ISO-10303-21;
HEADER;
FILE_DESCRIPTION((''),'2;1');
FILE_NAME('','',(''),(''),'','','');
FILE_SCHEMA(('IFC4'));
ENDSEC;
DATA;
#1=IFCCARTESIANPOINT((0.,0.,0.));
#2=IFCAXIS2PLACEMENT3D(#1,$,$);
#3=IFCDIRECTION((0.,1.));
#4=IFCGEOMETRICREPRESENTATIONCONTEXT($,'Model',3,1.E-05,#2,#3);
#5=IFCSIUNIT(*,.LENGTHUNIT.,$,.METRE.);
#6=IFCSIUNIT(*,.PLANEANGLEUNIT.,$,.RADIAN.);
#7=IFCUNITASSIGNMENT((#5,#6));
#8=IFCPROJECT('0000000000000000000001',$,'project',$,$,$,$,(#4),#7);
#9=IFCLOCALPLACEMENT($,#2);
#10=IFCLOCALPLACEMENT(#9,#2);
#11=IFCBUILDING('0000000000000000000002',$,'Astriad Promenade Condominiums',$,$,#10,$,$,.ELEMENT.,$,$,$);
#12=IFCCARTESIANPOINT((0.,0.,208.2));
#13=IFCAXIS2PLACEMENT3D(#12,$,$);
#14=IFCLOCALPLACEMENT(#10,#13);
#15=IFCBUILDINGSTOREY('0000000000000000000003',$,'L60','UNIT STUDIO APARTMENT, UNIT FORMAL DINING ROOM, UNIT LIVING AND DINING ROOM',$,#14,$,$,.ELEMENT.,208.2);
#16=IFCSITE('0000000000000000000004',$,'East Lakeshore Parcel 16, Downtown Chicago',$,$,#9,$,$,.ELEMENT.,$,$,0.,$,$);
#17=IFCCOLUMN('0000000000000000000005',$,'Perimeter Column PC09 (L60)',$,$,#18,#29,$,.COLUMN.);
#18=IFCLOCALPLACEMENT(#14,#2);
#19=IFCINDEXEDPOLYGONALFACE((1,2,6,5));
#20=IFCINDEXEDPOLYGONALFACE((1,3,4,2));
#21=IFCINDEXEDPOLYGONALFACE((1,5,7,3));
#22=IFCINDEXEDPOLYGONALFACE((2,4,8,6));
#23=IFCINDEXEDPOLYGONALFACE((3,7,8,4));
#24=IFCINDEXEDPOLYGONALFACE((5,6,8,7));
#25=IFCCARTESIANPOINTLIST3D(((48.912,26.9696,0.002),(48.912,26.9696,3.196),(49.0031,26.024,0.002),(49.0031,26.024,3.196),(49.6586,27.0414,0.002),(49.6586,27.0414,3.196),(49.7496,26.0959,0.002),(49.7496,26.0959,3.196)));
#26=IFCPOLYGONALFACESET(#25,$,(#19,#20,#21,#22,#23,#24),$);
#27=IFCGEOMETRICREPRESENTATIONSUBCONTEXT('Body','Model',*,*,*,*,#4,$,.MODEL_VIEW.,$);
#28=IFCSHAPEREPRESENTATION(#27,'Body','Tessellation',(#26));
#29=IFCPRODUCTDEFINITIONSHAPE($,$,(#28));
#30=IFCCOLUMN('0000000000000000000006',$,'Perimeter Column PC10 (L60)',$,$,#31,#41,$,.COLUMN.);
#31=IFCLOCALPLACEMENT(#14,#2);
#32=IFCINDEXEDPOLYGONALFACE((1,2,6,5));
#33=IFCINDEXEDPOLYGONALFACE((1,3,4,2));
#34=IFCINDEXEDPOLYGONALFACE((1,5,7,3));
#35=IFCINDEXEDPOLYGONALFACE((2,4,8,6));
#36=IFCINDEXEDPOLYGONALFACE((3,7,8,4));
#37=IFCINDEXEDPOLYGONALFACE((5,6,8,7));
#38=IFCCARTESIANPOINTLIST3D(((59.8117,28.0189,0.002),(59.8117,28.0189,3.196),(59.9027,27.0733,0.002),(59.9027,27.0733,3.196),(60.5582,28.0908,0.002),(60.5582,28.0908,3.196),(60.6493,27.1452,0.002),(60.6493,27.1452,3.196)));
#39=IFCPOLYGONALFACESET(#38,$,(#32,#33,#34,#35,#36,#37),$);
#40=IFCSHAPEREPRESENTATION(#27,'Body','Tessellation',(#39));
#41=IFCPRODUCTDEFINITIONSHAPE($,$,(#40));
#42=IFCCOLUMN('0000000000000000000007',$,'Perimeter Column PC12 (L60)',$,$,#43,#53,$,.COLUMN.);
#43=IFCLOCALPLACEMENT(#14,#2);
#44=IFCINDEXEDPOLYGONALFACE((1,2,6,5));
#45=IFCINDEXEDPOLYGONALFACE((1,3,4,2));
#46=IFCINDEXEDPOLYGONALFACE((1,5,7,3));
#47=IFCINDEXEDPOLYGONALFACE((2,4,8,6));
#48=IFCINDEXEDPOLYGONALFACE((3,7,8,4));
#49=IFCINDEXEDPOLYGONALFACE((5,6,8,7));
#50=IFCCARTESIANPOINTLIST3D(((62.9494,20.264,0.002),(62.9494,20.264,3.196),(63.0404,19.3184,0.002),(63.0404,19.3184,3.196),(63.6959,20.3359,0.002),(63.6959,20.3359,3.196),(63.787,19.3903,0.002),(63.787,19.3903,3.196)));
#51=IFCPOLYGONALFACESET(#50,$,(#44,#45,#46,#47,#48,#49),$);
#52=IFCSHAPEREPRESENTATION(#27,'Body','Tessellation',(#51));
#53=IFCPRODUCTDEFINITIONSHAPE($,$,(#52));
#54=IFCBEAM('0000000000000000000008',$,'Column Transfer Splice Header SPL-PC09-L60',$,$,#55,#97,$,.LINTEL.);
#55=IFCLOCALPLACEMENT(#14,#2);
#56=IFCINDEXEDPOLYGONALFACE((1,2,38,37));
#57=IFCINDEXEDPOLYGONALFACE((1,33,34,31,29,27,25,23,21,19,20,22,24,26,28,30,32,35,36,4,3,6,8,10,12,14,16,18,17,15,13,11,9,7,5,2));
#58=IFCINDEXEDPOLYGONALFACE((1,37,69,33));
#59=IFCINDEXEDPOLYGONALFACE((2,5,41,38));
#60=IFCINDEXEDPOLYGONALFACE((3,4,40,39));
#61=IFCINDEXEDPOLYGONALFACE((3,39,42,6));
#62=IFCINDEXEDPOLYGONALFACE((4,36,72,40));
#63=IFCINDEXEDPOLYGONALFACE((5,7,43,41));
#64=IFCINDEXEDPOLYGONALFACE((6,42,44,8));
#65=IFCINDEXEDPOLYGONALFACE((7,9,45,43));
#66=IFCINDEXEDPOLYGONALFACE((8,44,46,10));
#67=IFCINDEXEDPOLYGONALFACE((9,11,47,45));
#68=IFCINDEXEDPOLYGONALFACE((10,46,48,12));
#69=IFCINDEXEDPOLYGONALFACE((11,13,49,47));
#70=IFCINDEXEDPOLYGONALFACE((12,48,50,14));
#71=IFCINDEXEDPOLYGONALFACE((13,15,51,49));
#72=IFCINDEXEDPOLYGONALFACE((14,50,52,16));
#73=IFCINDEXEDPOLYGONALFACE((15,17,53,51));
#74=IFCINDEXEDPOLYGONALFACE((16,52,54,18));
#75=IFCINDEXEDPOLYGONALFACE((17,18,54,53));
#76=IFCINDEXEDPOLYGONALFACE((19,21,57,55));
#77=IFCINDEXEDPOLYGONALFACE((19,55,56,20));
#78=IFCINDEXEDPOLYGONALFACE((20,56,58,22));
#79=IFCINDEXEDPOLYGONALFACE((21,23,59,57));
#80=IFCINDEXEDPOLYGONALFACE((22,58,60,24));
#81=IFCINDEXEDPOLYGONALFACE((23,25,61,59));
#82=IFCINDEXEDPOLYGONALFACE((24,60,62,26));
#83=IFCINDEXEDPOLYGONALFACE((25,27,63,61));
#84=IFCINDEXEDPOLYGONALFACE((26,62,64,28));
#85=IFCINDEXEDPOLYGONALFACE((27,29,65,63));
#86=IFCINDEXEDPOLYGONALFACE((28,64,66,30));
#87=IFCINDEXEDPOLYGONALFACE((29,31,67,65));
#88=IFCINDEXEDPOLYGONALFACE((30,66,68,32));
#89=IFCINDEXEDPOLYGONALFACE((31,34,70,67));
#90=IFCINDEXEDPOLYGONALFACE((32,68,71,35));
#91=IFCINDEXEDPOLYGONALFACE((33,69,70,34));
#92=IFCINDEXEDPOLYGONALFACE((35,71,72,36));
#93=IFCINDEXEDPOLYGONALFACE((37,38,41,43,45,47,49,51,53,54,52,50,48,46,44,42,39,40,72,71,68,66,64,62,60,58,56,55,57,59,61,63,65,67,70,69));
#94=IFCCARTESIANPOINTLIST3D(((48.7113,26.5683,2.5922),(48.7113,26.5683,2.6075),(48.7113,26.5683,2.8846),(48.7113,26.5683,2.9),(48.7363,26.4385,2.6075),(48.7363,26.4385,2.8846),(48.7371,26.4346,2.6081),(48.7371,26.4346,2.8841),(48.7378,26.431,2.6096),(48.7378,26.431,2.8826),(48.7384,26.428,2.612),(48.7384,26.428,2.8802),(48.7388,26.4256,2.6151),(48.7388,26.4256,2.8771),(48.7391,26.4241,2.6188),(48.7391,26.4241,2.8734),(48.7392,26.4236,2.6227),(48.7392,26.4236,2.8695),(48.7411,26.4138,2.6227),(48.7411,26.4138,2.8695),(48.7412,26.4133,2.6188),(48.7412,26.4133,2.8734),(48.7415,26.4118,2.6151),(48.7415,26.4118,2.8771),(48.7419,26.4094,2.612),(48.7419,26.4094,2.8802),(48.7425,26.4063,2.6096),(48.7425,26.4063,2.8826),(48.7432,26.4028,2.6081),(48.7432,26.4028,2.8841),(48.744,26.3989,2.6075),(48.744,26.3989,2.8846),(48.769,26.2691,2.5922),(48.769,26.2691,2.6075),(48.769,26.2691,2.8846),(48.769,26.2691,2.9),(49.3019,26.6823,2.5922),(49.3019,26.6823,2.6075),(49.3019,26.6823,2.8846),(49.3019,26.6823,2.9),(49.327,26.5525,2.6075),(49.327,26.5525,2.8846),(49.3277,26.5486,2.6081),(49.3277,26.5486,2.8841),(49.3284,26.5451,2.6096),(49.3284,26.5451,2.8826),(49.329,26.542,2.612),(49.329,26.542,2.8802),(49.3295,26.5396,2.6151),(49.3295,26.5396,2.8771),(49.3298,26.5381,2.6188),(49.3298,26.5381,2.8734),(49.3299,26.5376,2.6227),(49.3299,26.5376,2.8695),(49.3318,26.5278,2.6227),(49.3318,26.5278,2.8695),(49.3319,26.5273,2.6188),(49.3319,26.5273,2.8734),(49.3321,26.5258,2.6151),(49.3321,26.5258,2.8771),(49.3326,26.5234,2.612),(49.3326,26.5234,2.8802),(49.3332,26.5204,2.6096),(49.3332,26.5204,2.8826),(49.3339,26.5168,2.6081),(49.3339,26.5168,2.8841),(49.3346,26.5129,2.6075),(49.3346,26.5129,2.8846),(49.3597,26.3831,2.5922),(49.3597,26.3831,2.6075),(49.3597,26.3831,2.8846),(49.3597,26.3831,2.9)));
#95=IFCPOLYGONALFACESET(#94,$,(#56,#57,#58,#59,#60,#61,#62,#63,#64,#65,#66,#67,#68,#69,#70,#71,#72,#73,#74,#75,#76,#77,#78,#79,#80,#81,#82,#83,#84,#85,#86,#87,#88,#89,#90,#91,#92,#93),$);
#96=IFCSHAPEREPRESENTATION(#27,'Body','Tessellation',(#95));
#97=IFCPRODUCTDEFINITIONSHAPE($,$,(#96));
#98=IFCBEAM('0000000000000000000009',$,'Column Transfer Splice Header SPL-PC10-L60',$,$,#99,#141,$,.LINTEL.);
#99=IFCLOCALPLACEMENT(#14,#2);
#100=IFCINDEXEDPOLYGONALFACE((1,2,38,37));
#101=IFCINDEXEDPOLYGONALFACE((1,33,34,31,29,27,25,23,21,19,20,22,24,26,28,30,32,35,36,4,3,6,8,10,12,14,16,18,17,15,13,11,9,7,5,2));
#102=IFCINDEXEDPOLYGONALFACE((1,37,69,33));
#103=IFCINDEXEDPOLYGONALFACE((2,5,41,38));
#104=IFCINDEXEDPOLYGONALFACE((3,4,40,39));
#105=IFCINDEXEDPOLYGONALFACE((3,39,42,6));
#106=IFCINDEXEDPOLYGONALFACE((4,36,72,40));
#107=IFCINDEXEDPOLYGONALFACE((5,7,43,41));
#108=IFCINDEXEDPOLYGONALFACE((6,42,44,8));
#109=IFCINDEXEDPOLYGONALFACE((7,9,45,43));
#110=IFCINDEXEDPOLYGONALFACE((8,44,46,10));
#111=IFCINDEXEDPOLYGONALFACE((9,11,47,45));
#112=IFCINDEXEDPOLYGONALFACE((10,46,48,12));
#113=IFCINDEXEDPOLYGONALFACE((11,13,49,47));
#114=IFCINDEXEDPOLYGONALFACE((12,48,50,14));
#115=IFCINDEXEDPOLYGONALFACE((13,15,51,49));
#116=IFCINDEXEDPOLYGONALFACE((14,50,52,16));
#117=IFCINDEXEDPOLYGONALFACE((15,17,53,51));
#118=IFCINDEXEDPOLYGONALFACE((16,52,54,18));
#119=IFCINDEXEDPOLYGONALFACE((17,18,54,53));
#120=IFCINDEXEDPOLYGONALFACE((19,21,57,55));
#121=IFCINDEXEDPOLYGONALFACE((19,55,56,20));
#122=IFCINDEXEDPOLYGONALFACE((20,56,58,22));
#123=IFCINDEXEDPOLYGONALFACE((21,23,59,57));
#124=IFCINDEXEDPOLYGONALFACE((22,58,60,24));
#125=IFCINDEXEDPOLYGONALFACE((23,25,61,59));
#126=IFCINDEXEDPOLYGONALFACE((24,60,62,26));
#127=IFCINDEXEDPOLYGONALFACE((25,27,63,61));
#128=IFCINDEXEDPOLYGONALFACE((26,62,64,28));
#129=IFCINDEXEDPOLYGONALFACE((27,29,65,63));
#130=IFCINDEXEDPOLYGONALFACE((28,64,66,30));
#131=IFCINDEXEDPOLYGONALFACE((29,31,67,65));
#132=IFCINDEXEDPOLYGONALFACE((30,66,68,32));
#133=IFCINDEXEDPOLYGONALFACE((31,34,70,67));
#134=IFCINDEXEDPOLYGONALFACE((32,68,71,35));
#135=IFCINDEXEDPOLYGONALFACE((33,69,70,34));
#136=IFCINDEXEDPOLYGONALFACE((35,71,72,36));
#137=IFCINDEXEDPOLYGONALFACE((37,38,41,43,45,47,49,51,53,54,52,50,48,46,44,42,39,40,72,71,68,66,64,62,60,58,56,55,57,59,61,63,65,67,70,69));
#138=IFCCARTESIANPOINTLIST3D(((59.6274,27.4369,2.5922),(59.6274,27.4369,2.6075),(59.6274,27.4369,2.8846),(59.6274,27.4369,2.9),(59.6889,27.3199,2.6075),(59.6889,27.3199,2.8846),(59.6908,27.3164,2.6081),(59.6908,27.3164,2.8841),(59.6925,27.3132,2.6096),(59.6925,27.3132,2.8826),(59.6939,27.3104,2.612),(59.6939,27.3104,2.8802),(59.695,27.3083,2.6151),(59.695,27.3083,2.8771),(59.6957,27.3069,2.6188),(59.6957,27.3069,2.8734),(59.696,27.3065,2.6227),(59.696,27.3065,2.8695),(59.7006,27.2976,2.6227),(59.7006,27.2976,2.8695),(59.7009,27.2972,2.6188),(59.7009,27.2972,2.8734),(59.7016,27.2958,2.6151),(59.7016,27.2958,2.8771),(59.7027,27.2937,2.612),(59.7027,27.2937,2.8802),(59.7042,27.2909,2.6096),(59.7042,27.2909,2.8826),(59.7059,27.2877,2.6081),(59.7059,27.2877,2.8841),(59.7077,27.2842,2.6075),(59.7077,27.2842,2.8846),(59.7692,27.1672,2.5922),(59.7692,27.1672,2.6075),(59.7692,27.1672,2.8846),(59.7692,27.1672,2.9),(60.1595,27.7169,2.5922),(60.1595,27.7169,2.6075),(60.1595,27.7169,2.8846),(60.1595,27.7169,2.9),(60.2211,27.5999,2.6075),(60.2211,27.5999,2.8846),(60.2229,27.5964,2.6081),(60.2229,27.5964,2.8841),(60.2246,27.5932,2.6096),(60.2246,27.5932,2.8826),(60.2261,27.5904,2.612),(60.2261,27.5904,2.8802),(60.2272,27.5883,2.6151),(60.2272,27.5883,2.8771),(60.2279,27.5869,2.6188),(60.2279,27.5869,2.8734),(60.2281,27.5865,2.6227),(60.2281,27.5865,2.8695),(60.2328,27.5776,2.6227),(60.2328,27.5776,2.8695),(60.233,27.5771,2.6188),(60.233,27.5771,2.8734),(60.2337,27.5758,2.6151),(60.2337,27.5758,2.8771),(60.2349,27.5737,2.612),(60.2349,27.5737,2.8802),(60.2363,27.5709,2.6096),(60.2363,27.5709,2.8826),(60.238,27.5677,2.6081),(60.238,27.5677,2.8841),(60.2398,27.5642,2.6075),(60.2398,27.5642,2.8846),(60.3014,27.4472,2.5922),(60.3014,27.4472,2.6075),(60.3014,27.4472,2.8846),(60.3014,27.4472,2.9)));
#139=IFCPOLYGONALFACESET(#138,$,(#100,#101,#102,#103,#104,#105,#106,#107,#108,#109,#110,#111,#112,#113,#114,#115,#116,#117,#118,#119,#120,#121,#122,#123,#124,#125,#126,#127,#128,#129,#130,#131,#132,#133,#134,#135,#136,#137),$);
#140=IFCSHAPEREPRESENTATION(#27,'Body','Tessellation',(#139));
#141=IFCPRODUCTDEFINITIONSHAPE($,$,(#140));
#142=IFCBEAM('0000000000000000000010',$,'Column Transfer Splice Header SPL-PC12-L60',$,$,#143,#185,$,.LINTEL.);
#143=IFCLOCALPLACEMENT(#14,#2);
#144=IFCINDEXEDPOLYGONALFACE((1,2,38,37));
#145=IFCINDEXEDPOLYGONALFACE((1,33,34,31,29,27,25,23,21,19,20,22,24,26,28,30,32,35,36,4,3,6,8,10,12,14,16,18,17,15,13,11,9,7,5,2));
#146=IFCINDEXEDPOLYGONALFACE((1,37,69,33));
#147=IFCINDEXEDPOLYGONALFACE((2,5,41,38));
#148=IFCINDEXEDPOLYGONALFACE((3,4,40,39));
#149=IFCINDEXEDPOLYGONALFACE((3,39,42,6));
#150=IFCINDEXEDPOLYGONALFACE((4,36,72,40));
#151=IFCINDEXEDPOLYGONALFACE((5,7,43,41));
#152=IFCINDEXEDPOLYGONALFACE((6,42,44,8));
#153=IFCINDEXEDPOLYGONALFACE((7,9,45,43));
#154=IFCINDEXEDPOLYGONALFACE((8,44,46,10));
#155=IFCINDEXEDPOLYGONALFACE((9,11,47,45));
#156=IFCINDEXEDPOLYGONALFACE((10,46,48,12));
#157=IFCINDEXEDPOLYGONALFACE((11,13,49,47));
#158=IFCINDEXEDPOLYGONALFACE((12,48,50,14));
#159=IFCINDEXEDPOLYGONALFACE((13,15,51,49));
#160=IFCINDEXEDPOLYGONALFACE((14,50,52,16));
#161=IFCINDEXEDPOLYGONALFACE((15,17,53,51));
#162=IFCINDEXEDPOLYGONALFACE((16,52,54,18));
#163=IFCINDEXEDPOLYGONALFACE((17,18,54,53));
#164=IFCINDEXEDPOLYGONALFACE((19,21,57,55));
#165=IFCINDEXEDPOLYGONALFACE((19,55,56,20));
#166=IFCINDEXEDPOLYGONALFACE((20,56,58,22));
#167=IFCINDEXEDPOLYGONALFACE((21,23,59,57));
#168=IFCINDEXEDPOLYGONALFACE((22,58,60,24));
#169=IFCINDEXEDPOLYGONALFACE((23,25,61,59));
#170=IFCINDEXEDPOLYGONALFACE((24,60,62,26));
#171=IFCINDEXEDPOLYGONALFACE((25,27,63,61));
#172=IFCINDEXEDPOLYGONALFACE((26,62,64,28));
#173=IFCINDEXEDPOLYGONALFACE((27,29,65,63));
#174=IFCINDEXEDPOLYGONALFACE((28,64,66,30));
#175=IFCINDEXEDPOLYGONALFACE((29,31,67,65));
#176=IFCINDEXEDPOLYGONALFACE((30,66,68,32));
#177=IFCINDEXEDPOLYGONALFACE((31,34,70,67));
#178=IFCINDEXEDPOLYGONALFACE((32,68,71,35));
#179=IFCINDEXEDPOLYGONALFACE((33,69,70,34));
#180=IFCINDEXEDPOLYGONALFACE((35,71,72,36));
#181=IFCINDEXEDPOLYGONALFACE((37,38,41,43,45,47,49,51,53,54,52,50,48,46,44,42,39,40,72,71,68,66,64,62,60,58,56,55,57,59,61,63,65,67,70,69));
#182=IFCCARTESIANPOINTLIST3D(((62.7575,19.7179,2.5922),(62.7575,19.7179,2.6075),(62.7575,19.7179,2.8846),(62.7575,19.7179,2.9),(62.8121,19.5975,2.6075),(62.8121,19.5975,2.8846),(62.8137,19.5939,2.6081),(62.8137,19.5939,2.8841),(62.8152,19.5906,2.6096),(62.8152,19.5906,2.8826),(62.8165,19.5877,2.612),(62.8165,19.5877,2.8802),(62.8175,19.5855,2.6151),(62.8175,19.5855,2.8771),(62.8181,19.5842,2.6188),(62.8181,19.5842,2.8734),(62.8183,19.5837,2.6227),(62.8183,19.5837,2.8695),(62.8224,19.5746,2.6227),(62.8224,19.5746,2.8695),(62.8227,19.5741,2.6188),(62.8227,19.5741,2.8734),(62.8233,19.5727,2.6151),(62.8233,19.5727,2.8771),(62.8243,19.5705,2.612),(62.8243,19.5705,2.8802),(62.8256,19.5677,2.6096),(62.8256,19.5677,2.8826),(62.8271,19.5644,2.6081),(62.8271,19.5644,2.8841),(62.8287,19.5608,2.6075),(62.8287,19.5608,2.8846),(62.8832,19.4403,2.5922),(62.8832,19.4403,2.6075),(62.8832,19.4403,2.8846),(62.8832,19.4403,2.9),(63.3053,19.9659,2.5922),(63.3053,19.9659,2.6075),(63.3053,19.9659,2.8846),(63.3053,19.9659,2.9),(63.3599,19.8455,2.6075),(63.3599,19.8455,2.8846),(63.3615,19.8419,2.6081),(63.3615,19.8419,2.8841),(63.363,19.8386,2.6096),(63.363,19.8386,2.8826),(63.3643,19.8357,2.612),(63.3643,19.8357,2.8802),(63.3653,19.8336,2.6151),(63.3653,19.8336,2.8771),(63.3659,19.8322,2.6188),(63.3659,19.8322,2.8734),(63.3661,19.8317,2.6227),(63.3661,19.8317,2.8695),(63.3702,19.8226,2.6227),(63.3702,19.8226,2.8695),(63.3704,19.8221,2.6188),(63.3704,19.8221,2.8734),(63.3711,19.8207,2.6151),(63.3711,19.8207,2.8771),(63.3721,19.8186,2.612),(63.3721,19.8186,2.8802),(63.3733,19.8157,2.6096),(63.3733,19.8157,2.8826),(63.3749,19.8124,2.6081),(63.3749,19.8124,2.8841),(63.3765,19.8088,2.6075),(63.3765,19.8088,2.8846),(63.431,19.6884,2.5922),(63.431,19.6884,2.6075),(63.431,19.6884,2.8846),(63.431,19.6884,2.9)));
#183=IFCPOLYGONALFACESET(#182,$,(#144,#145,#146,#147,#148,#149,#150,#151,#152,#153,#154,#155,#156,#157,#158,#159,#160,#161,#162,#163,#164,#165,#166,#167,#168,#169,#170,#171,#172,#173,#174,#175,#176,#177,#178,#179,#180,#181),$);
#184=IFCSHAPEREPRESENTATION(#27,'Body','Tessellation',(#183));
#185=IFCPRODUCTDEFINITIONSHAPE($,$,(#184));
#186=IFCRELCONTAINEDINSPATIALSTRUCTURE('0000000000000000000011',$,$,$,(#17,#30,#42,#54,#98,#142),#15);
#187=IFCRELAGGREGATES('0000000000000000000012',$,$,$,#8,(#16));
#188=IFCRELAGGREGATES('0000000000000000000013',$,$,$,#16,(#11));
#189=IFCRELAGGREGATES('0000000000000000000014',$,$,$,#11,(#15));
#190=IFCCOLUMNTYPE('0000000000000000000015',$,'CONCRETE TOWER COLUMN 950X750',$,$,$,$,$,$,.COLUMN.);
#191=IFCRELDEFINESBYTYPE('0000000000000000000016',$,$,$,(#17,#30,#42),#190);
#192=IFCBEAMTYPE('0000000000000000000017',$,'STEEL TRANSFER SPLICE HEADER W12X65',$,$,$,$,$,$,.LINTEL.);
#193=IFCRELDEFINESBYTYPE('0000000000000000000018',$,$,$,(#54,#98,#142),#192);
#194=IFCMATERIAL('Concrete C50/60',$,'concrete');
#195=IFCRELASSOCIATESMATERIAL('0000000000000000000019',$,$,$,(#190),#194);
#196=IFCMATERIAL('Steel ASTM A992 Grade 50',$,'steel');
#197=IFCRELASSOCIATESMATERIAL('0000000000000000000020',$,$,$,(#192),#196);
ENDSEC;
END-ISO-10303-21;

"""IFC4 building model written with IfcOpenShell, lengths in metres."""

from ifc_helpers import new_model, si_unit, direction, frame, origin, origin_2d, place, context, subcontext, project, spatial, rectangle, i_section, extrude, source, transform, mapped, material, material_profile, profile_set, type_object, type_shapes, element, save


model = new_model("IFC4")

# Units and contexts
model_context = context("Model", 3, precision=1e-05, world=origin(), true_north=direction((0.0, 1.0)))
body_context = subcontext(model_context, "Body", "Model", "MODEL_VIEW")
ifc_project = project(units=[si_unit("LENGTHUNIT", "METRE"), si_unit("PLANEANGLEUNIT", "RADIAN")], contexts=[model_context])

# Site, building, storey
site_placement = place(None, origin())
site = spatial("IfcSite", under=ifc_project, at=site_placement, Name="East Lakeshore Parcel 16, Downtown Chicago", CompositionType="ELEMENT", RefElevation=0.0)
building_placement = place(site_placement, origin())
building = spatial("IfcBuilding", under=site, at=building_placement, Name="Astriad Promenade Condominiums", CompositionType="ELEMENT")
storey_placement = place(building_placement, frame((0.0, 0.0, 208.2)))
storey = spatial("IfcBuildingStorey", under=building, at=storey_placement, Name="L60", Description="UNIT STUDIO APARTMENT, UNIT FORMAL DINING ROOM, UNIT LIVING AND DINING ROOM", CompositionType="ELEMENT", Elevation=208.2)

# Columns
ifc_material_1 = material(Name="Concrete C50/60", Category="concrete")
ifc_material_profile_1 = material_profile(ifc_material_1, rectangle(XDim=0.75, YDim=0.95, at=origin_2d()), Name="RC-COL-950X750")
ifc_profile_set_1 = profile_set([ifc_material_profile_1], Name="Concrete C50/60")
column_type = type_object("IfcColumnType", Name="CONCRETE TOWER COLUMN 950X750", PredefinedType="COLUMN", material=ifc_profile_set_1)
shared_shape_1 = source(origin(), body_context, "Body", "SweptSolid", [
    extrude(rectangle(XDim=0.75, YDim=0.95, at=origin_2d()), origin(), (0.0, 0.0, 1.0), 3.1941),
])
type_shapes(column_type, [shared_shape_1])
for number, where, z_axis, x_axis, name in (
    (1, (49.3308, 26.5327, 0.002), (0.0, 0.0, 1.0), (0.995396, 0.095846, 0.0), "Perimeter Column PC09 (L60)"),
    (2, (60.2305, 27.582, 0.002), (0.0, 0.0, 1.0), (0.995396, 0.095846, 0.0), "Perimeter Column PC10 (L60)"),
    (3, (63.3682, 19.8271, 0.002), (0.0, 0.0, 1.0), (0.995396, 0.095846, 0.0), "Perimeter Column PC12 (L60)"),
):
    element("IfcColumn", number, at=place(storey_placement, frame(where, z_axis=z_axis, x_axis=x_axis)), inside=storey, type_object=column_type, Name=name, PredefinedType="COLUMN", context=body_context, shape_type="MappedRepresentation", body=[
        mapped(shared_shape_1, transform((0.0, 0.0, 0.0), scale=1.0)),
    ])

# Beams
ifc_material_2 = material(Name="Steel ASTM A992 Grade 50", Category="steel")
ifc_material_profile_2 = material_profile(ifc_material_2, i_section(OverallWidth=0.3047, OverallDepth=0.3079, WebThickness=0.01, FlangeThickness=0.0154, FilletRadius=0.0151, at=origin_2d()), Name="W12X65")
ifc_profile_set_2 = profile_set([ifc_material_profile_2], Name="Steel ASTM A992 Grade 50")
beam_type_1 = type_object("IfcBeamType", Name="STEEL TRANSFER SPLICE HEADER W12X65", PredefinedType="LINTEL", material=ifc_profile_set_2)
shared_shape_2 = source(origin(), body_context, "Body", "SweptSolid", [
    extrude(i_section(OverallWidth=0.3047, OverallDepth=0.3079, WebThickness=0.01, FlangeThickness=0.0154, FilletRadius=0.0151, at=origin_2d()), origin(), (0.0, 0.0, 1.0), 0.6016),
])
beam_1_placement = place(storey_placement, frame((49.3308, 26.5327, 2.7461), z_axis=(-0.98187, -0.189555, 0.0), x_axis=(0.189555, -0.98187, 0.0)))
element("IfcBeam", 4, at=beam_1_placement, inside=storey, type_object=beam_type_1, Name="Column Transfer Splice Header SPL-PC09-L60", PredefinedType="LINTEL", context=body_context, shape_type="MappedRepresentation", body=[
    mapped(shared_shape_2, transform((0.0, 0.0, 0.0), scale=1.0)),
])
shared_shape_3 = source(origin(), body_context, "Body", "SweptSolid", [
    extrude(i_section(OverallWidth=0.3047, OverallDepth=0.3079, WebThickness=0.01, FlangeThickness=0.0154, FilletRadius=0.0151, at=origin_2d()), origin(), (0.0, 0.0, 1.0), 0.6013),
])
type_shapes(beam_type_1, [shared_shape_2, shared_shape_3])
for number, where, z_axis, x_axis, name in (
    (5, (60.2305, 27.582, 2.7461), (-0.88498, -0.465629, 0.0), (0.465629, -0.88498, 0.0), "Column Transfer Splice Header SPL-PC10-L60"),
    (6, (63.3682, 19.8271, 2.7461), (-0.910977, -0.412457, 0.0), (0.412457, -0.910977, 0.0), "Column Transfer Splice Header SPL-PC12-L60"),
):
    element("IfcBeam", number, at=place(storey_placement, frame(where, z_axis=z_axis, x_axis=x_axis)), inside=storey, type_object=beam_type_1, Name=name, PredefinedType="LINTEL", context=body_context, shape_type="MappedRepresentation", body=[
        mapped(shared_shape_3, transform((0.0, 0.0, 0.0), scale=1.0)),
    ])

save(model, "model.ifc")
